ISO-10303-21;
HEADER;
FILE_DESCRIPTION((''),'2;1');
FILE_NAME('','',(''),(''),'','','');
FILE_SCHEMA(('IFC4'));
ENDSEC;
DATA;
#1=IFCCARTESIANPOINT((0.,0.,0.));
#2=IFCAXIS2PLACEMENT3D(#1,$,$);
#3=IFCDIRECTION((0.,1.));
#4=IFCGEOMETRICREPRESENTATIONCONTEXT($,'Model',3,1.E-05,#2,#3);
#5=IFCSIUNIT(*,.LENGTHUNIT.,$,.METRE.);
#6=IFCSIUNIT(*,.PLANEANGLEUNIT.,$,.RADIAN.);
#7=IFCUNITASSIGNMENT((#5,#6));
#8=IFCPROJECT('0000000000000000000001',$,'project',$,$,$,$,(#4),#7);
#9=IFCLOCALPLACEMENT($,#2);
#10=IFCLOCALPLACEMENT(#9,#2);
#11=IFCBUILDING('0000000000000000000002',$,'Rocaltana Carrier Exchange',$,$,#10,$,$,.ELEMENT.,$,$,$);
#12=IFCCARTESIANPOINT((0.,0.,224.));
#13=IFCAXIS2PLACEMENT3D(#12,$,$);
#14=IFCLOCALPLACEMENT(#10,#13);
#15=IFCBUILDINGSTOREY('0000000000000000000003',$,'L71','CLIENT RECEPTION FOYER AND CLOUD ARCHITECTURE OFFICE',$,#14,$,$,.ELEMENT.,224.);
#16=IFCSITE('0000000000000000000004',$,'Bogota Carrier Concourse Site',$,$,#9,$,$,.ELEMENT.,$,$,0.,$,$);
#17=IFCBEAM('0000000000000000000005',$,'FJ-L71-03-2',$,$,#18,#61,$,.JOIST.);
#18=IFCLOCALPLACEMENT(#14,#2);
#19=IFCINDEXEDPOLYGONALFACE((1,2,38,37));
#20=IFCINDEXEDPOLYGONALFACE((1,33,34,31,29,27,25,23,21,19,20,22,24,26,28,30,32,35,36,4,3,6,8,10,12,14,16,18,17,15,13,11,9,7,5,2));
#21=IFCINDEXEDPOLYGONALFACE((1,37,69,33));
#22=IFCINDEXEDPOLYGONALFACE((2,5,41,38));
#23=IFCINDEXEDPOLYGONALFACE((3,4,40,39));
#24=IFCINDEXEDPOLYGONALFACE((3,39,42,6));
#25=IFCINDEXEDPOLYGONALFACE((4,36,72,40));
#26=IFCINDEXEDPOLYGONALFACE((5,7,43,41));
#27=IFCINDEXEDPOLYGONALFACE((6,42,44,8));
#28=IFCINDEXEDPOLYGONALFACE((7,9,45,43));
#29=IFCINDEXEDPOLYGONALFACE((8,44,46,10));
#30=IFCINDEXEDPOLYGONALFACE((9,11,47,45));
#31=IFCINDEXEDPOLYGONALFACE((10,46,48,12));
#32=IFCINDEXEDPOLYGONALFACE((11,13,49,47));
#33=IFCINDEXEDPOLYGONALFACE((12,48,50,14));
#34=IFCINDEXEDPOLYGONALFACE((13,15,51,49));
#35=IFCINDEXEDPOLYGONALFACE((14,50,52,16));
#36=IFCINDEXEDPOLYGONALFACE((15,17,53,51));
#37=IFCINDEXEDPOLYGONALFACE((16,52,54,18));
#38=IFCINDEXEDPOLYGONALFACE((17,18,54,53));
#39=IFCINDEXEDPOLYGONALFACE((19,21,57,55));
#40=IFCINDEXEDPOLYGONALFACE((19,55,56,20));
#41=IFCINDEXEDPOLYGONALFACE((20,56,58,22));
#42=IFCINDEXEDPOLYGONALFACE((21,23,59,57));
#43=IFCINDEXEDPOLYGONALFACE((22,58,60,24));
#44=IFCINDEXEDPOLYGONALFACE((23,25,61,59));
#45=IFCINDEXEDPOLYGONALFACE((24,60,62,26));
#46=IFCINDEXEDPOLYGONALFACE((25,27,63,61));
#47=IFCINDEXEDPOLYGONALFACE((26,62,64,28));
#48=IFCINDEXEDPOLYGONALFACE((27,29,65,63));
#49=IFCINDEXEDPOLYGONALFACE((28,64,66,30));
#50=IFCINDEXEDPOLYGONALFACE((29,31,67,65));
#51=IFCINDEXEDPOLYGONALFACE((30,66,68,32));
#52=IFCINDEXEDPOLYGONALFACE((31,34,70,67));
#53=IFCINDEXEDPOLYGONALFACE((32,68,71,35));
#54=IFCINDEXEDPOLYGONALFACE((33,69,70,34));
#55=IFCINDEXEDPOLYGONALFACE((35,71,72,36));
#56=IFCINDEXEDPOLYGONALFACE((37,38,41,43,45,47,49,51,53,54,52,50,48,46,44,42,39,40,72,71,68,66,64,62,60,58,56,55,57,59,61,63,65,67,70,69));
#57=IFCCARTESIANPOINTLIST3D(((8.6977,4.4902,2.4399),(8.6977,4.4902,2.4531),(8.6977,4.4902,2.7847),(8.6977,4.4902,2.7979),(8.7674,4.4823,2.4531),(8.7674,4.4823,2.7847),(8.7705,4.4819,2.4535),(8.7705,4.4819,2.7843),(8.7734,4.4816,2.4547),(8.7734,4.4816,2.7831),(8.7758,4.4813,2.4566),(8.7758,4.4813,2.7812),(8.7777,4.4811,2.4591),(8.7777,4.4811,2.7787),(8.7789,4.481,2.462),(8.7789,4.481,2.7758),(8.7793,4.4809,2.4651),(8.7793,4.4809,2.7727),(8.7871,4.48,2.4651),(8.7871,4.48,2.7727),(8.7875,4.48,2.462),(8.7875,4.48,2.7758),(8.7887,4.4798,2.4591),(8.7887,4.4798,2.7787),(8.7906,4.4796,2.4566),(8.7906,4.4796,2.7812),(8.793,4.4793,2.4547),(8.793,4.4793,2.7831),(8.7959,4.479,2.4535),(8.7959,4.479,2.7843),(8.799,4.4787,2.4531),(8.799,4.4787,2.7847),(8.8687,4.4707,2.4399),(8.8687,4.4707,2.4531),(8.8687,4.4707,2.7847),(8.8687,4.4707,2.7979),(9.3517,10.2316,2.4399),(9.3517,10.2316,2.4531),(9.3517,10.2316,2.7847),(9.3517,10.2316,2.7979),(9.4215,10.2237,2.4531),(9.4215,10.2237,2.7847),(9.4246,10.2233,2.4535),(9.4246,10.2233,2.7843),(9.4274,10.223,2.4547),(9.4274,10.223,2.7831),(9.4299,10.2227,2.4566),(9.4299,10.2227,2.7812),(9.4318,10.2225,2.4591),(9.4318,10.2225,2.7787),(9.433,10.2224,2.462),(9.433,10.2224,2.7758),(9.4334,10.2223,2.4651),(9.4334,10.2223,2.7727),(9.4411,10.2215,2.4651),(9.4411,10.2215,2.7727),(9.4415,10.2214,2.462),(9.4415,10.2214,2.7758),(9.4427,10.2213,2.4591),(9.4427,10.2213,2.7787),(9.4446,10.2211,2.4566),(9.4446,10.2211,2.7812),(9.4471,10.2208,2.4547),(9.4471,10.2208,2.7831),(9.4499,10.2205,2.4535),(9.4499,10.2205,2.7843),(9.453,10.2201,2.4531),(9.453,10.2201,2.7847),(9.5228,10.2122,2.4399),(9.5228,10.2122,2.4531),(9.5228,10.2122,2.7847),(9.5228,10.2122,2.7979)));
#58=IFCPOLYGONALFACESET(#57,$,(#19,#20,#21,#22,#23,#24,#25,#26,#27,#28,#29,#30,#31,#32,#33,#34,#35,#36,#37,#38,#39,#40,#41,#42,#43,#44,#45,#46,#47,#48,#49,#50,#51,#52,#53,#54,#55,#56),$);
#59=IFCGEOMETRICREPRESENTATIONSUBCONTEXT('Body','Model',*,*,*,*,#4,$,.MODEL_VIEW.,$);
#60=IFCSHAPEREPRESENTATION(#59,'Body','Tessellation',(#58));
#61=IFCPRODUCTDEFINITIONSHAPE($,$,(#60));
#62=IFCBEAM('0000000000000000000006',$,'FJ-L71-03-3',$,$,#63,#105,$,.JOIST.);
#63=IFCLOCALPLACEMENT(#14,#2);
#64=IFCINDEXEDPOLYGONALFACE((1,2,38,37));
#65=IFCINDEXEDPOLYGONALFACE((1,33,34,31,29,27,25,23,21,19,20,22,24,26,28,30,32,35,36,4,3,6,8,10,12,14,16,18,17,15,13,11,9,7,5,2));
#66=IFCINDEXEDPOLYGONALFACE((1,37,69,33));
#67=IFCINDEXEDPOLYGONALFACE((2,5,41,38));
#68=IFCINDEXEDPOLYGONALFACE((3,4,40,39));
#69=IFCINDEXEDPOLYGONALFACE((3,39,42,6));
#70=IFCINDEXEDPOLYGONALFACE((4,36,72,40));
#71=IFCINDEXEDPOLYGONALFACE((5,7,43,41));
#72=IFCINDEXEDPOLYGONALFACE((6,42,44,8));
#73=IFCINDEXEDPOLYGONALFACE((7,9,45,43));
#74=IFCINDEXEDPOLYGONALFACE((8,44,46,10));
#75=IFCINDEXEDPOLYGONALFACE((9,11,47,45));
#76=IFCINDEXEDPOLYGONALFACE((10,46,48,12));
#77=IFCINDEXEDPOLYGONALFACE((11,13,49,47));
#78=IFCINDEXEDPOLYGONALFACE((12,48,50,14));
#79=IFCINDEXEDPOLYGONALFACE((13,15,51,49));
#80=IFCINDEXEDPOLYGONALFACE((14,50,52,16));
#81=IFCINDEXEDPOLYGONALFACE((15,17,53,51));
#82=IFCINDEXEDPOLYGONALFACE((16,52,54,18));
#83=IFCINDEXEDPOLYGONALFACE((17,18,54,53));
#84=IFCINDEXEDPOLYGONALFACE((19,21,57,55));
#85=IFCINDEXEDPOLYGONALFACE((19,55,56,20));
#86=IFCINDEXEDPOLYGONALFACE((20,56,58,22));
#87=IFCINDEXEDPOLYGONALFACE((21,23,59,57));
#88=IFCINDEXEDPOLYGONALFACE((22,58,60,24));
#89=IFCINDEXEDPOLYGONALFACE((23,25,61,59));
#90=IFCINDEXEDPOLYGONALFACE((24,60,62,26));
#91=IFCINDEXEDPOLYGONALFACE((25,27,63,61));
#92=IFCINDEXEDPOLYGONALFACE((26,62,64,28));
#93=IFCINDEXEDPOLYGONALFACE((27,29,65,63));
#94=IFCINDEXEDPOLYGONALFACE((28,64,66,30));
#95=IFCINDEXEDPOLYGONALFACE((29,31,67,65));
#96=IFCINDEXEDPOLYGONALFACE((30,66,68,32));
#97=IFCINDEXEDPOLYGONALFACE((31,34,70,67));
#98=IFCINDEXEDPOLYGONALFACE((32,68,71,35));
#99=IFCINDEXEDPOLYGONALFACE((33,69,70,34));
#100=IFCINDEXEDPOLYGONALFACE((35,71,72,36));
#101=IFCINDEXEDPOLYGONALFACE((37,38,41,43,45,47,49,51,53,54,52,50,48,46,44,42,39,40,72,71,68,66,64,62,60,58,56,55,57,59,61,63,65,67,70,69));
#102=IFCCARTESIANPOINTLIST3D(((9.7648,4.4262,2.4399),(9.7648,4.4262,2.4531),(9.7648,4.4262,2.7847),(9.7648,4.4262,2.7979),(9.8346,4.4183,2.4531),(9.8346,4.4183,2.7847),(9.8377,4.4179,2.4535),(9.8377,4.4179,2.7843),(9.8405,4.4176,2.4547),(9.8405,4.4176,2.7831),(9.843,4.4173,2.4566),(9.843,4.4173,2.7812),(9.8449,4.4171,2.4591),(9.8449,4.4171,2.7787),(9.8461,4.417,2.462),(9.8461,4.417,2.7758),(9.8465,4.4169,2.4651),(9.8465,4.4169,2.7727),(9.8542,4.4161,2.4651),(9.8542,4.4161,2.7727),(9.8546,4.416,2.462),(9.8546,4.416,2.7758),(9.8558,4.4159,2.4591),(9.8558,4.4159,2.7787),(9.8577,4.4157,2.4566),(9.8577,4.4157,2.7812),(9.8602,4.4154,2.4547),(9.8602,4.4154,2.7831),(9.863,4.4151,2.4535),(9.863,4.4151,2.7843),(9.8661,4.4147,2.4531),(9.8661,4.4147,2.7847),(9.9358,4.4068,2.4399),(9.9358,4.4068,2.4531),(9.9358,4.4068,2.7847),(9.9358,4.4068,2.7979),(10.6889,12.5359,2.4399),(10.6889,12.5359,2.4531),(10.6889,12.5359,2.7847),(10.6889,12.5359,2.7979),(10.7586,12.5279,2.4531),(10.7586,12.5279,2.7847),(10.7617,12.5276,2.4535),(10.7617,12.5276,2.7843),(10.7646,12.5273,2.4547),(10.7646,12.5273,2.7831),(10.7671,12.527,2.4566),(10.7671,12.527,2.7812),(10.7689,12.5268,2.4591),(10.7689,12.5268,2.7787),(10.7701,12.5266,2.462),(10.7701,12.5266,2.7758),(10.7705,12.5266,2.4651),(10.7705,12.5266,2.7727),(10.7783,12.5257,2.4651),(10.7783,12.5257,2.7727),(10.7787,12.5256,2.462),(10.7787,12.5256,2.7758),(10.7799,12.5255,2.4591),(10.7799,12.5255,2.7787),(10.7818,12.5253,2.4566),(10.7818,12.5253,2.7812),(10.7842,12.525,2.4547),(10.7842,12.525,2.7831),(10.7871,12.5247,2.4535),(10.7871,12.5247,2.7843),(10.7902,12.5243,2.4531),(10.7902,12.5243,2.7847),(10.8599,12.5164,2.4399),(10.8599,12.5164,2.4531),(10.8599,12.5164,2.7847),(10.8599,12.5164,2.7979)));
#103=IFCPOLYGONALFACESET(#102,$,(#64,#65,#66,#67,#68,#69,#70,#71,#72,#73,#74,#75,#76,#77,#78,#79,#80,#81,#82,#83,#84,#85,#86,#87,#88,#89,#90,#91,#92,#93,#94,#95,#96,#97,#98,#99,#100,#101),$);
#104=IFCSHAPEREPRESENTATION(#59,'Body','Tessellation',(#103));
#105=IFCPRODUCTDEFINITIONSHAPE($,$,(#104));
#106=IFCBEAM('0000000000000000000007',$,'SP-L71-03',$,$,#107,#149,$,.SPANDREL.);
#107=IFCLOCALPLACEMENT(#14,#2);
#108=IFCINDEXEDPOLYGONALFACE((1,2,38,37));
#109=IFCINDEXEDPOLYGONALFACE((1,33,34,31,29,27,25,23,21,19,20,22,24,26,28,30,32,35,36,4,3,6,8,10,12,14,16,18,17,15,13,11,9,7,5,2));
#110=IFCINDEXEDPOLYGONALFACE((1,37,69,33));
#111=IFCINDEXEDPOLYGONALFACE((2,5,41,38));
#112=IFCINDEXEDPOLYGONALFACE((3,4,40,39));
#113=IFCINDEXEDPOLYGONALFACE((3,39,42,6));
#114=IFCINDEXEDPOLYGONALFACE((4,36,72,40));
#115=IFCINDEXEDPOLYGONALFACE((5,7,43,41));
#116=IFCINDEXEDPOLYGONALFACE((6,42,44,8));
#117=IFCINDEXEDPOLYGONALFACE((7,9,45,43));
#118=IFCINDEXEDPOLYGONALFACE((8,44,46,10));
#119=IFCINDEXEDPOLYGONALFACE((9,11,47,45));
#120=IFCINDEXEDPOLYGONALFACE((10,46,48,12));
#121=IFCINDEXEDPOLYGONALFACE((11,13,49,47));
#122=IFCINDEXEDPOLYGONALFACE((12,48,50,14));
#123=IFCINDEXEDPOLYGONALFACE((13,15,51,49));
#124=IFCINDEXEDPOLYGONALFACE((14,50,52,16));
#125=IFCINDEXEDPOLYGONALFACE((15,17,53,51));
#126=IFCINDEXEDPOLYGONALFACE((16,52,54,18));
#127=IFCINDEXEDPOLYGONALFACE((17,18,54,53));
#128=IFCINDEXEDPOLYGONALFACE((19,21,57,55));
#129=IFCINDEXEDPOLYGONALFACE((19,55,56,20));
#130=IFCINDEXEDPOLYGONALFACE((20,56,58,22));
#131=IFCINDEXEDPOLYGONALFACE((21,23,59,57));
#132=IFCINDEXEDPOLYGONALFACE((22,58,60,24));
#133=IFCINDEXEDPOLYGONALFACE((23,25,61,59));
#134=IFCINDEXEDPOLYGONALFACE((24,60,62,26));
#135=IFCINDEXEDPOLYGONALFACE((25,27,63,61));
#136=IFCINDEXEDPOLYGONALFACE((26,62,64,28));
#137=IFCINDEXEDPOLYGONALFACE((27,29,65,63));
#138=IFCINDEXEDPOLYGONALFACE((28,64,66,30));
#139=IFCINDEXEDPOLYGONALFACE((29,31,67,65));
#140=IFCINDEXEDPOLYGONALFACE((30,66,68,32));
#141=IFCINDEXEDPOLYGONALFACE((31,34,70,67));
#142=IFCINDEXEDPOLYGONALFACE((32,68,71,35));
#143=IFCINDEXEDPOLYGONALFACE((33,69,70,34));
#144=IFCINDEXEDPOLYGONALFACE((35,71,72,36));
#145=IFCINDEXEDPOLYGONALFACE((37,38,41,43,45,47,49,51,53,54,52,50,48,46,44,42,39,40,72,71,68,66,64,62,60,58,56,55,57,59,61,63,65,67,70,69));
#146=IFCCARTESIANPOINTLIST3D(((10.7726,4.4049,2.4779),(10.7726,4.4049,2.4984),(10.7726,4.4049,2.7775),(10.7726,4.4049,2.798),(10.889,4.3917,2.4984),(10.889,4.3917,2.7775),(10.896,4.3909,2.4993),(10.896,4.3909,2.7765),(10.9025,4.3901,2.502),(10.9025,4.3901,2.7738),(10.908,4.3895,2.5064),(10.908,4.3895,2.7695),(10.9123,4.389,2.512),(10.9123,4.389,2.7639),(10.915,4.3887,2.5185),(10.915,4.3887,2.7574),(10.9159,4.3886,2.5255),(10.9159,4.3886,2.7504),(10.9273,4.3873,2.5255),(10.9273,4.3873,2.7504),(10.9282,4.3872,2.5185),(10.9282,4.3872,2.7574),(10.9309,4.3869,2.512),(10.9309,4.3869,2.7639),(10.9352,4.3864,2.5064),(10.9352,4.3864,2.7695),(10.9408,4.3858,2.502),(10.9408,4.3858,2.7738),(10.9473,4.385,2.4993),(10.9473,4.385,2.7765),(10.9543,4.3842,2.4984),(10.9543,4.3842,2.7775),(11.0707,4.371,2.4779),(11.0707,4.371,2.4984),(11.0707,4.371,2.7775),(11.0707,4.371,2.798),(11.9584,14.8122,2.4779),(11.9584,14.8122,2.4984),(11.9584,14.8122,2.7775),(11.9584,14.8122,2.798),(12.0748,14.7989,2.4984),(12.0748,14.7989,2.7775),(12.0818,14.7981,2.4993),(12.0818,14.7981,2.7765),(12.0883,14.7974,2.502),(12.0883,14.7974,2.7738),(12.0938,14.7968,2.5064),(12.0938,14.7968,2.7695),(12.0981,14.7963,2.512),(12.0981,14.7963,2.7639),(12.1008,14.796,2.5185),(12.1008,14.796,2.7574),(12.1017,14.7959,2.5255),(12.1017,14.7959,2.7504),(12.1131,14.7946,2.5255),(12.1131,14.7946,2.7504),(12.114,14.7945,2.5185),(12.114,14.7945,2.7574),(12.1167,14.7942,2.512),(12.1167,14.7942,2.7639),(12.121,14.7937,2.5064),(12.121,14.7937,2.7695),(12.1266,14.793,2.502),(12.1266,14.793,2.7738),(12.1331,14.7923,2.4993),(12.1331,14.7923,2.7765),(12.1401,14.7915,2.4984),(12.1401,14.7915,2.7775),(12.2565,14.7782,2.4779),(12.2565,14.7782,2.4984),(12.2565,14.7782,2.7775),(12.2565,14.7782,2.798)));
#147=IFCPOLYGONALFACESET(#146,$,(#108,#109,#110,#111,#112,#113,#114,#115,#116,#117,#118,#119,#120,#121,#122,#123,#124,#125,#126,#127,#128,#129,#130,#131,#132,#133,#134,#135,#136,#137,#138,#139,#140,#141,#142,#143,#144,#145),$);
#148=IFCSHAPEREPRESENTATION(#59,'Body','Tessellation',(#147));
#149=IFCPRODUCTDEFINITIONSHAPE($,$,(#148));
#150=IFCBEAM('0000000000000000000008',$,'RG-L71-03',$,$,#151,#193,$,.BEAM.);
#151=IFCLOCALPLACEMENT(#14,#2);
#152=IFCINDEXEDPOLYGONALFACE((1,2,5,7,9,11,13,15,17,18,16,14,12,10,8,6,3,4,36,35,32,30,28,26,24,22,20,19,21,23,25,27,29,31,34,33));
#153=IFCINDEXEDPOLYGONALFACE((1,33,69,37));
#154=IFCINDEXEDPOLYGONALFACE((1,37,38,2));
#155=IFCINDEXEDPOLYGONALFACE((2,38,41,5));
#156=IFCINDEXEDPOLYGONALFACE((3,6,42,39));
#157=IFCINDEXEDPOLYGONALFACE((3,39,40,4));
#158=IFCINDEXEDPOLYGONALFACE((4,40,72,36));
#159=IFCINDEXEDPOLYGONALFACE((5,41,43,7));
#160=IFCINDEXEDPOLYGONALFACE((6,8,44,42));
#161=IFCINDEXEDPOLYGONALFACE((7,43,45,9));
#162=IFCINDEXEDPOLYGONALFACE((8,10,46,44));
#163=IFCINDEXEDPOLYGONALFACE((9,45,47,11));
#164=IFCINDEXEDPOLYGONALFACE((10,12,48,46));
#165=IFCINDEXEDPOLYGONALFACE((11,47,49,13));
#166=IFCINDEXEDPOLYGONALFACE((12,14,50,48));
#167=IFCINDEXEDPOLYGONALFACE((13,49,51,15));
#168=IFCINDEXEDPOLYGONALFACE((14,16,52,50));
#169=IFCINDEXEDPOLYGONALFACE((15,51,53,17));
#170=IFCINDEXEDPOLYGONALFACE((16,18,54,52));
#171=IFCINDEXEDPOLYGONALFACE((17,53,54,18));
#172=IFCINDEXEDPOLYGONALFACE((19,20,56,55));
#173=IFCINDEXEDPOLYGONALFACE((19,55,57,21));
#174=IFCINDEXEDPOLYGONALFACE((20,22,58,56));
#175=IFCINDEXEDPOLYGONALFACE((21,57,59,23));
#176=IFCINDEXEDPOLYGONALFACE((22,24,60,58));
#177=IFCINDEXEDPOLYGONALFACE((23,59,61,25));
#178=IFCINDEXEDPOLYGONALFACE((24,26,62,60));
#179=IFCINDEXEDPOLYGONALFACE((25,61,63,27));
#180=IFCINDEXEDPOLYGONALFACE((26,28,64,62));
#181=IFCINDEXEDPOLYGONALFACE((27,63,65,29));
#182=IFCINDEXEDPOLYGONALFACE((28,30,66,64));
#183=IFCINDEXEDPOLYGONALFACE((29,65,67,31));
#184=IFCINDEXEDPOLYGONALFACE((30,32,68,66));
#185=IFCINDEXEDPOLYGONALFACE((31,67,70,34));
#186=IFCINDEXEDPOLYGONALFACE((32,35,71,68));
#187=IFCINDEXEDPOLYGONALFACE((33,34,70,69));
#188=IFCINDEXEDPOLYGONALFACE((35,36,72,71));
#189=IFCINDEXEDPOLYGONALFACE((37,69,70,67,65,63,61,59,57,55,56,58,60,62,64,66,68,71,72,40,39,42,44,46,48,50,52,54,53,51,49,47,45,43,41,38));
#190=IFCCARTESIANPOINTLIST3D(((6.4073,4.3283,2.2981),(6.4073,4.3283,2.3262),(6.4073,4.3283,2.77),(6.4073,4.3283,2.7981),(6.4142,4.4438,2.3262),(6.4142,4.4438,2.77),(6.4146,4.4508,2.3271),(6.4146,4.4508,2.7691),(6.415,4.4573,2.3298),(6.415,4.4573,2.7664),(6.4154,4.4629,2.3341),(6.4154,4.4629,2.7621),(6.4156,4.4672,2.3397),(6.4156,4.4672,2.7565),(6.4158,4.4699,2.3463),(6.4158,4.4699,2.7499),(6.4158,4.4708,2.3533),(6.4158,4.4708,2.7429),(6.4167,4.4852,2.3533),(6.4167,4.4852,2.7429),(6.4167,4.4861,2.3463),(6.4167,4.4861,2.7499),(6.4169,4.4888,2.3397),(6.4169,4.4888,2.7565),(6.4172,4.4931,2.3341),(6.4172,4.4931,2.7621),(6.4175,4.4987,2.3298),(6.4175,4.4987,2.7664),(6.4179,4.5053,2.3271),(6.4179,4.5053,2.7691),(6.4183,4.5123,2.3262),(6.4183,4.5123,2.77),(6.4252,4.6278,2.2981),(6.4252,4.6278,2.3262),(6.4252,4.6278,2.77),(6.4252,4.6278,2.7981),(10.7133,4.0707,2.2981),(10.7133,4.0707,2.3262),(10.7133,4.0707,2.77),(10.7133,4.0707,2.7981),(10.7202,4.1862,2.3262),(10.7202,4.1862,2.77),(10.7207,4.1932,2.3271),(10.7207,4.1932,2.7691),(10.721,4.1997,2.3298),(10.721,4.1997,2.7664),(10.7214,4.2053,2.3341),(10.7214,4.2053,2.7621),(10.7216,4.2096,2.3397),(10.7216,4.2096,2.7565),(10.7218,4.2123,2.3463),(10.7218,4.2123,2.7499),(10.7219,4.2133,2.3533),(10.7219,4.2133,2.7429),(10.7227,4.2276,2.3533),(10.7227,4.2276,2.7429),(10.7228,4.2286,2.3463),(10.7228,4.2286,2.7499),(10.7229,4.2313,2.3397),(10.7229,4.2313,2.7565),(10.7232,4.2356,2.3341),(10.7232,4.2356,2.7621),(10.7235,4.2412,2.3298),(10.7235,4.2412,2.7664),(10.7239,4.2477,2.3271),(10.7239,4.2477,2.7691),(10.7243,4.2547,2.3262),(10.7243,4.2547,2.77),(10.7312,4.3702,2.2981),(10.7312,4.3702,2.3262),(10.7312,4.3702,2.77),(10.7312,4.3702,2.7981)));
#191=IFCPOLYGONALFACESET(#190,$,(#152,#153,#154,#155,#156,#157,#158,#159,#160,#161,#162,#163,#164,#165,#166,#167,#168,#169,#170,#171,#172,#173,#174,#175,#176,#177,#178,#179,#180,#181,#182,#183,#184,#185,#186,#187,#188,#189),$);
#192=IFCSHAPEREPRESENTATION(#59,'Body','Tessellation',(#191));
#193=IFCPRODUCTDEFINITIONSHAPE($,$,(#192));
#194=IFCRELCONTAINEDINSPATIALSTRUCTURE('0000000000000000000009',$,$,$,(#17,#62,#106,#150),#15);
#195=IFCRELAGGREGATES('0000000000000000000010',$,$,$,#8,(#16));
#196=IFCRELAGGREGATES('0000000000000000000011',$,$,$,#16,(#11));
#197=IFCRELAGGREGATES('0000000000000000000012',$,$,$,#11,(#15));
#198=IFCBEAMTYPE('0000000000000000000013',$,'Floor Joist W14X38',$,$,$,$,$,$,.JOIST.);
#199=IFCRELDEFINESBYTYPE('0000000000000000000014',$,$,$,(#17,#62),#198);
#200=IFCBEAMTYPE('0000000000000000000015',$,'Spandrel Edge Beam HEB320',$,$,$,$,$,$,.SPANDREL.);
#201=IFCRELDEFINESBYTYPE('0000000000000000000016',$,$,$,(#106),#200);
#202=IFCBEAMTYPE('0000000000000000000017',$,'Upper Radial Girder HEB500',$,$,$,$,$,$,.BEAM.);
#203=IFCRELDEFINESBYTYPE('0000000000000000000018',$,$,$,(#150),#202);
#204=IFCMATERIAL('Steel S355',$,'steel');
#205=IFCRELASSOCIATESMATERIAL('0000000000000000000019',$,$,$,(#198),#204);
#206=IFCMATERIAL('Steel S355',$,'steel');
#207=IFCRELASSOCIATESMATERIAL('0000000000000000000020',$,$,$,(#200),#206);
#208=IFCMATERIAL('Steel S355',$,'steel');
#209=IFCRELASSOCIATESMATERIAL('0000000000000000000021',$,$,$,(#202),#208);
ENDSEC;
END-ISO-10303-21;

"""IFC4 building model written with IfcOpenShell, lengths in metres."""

from ifc_helpers import new_model, si_unit, direction, frame, origin, origin_2d, place, context, subcontext, project, spatial, i_section, extrude, material, material_profile, profile_set, type_object, element, save


model = new_model("IFC4")

# Units and contexts
model_context = context("Model", 3, precision=1e-05, world=origin(), true_north=direction((0.0, 1.0)))
body_context = subcontext(model_context, "Body", "Model", "MODEL_VIEW")
ifc_project = project(units=[si_unit("LENGTHUNIT", "METRE"), si_unit("PLANEANGLEUNIT", "RADIAN")], contexts=[model_context])

# Site, building, storey
site_placement = place(None, origin())
site = spatial("IfcSite", under=ifc_project, at=site_placement, Name="Bogota Carrier Concourse Site", CompositionType="ELEMENT", RefElevation=0.0)
building_placement = place(site_placement, origin())
building = spatial("IfcBuilding", under=site, at=building_placement, Name="Rocaltana Carrier Exchange", CompositionType="ELEMENT")
storey_placement = place(building_placement, frame((0.0, 0.0, 224.0)))
storey = spatial("IfcBuildingStorey", under=building, at=storey_placement, Name="L71", Description="CLIENT RECEPTION FOYER AND CLOUD ARCHITECTURE OFFICE", CompositionType="ELEMENT", Elevation=224.0)

# Beams
ifc_material_1 = material(Name="Steel S355", Category="steel")
ifc_material_profile_1 = material_profile(ifc_material_1, i_section(OverallWidth=0.1721, OverallDepth=0.3579, WebThickness=0.0078, FlangeThickness=0.0132, FilletRadius=0.012, at=origin_2d()), Name="W14X38")
ifc_profile_set_1 = profile_set([ifc_material_profile_1], Name="Steel S355")
beam_type_1 = type_object("IfcBeamType", Name="Floor Joist W14X38", PredefinedType="JOIST", material=ifc_profile_set_1)
beam_1_placement = place(storey_placement, frame((8.7832, 4.4805, 2.6189), z_axis=(0.113186, 0.993574, 0.0), x_axis=(-0.993574, 0.113186, 0.0)))
element("IfcBeam", 1, at=beam_1_placement, inside=storey, type_object=beam_type_1, Name="FJ-L71-03-2", PredefinedType="JOIST", context=body_context, shape_type="SweptSolid", body=[
    extrude(i_section(OverallWidth=0.1721, OverallDepth=0.3579, WebThickness=0.0078, FlangeThickness=0.0132, FilletRadius=0.012, at=origin_2d()), origin(), (0.0, 0.0, 1.0), 5.7786),
])
beam_2_placement = place(storey_placement, frame((9.8503, 4.4165, 2.6189), z_axis=(0.113215, 0.993571, 0.0), x_axis=(-0.993571, 0.113215, 0.0)))
element("IfcBeam", 2, at=beam_2_placement, inside=storey, type_object=beam_type_1, Name="FJ-L71-03-3", PredefinedType="JOIST", context=body_context, shape_type="SweptSolid", body=[
    extrude(i_section(OverallWidth=0.1721, OverallDepth=0.3579, WebThickness=0.0078, FlangeThickness=0.0132, FilletRadius=0.012, at=origin_2d()), origin(), (0.0, 0.0, 1.0), 8.1621),
])
ifc_material_2 = material(Name="Steel S355", Category="steel")
ifc_material_profile_2 = material_profile(ifc_material_2, i_section(OverallWidth=0.3, OverallDepth=0.3201, WebThickness=0.0115, FlangeThickness=0.0205, FilletRadius=0.0271, at=origin_2d()), Name="HEB320")
ifc_profile_set_2 = profile_set([ifc_material_profile_2], Name="Steel S355")
beam_type_2 = type_object("IfcBeamType", Name="Spandrel Edge Beam HEB320", PredefinedType="SPANDREL", material=ifc_profile_set_2)
beam_3_placement = place(storey_placement, frame((10.9216, 4.3879, 2.6379), z_axis=(0.113207, 0.993571, 0.0), x_axis=(-0.993571, 0.113207, 0.0)))
element("IfcBeam", 3, at=beam_3_placement, inside=storey, type_object=beam_type_2, Name="SP-L71-03", PredefinedType="SPANDREL", context=body_context, shape_type="SweptSolid", body=[
    extrude(i_section(OverallWidth=0.3, OverallDepth=0.3201, WebThickness=0.0115, FlangeThickness=0.0205, FilletRadius=0.0271, at=origin_2d()), origin(), (0.0, 0.0, 1.0), 10.4746),
])
ifc_material_3 = material(Name="Steel S355", Category="steel")
ifc_material_profile_3 = material_profile(ifc_material_3, i_section(OverallWidth=0.3, OverallDepth=0.5, WebThickness=0.0144, FlangeThickness=0.0281, FilletRadius=0.0271, at=origin_2d()), Name="HEB500")
ifc_profile_set_3 = profile_set([ifc_material_profile_3], Name="Steel S355")
beam_type_3 = type_object("IfcBeamType", Name="Upper Radial Girder HEB500", PredefinedType="BEAM", material=ifc_profile_set_3)
beam_4_placement = place(storey_placement, frame((6.4163, 4.478, 2.5481), z_axis=(0.998216, -0.059711, 0.0), x_axis=(0.059711, 0.998216, 0.0)))
element("IfcBeam", 4, at=beam_4_placement, inside=storey, type_object=beam_type_3, Name="RG-L71-03", PredefinedType="BEAM", context=body_context, shape_type="SweptSolid", body=[
    extrude(i_section(OverallWidth=0.3, OverallDepth=0.5, WebThickness=0.0144, FlangeThickness=0.0281, FilletRadius=0.0271, at=origin_2d()), origin(), (0.0, 0.0, 1.0), 4.3137),
])

save(model, "model.ifc")
